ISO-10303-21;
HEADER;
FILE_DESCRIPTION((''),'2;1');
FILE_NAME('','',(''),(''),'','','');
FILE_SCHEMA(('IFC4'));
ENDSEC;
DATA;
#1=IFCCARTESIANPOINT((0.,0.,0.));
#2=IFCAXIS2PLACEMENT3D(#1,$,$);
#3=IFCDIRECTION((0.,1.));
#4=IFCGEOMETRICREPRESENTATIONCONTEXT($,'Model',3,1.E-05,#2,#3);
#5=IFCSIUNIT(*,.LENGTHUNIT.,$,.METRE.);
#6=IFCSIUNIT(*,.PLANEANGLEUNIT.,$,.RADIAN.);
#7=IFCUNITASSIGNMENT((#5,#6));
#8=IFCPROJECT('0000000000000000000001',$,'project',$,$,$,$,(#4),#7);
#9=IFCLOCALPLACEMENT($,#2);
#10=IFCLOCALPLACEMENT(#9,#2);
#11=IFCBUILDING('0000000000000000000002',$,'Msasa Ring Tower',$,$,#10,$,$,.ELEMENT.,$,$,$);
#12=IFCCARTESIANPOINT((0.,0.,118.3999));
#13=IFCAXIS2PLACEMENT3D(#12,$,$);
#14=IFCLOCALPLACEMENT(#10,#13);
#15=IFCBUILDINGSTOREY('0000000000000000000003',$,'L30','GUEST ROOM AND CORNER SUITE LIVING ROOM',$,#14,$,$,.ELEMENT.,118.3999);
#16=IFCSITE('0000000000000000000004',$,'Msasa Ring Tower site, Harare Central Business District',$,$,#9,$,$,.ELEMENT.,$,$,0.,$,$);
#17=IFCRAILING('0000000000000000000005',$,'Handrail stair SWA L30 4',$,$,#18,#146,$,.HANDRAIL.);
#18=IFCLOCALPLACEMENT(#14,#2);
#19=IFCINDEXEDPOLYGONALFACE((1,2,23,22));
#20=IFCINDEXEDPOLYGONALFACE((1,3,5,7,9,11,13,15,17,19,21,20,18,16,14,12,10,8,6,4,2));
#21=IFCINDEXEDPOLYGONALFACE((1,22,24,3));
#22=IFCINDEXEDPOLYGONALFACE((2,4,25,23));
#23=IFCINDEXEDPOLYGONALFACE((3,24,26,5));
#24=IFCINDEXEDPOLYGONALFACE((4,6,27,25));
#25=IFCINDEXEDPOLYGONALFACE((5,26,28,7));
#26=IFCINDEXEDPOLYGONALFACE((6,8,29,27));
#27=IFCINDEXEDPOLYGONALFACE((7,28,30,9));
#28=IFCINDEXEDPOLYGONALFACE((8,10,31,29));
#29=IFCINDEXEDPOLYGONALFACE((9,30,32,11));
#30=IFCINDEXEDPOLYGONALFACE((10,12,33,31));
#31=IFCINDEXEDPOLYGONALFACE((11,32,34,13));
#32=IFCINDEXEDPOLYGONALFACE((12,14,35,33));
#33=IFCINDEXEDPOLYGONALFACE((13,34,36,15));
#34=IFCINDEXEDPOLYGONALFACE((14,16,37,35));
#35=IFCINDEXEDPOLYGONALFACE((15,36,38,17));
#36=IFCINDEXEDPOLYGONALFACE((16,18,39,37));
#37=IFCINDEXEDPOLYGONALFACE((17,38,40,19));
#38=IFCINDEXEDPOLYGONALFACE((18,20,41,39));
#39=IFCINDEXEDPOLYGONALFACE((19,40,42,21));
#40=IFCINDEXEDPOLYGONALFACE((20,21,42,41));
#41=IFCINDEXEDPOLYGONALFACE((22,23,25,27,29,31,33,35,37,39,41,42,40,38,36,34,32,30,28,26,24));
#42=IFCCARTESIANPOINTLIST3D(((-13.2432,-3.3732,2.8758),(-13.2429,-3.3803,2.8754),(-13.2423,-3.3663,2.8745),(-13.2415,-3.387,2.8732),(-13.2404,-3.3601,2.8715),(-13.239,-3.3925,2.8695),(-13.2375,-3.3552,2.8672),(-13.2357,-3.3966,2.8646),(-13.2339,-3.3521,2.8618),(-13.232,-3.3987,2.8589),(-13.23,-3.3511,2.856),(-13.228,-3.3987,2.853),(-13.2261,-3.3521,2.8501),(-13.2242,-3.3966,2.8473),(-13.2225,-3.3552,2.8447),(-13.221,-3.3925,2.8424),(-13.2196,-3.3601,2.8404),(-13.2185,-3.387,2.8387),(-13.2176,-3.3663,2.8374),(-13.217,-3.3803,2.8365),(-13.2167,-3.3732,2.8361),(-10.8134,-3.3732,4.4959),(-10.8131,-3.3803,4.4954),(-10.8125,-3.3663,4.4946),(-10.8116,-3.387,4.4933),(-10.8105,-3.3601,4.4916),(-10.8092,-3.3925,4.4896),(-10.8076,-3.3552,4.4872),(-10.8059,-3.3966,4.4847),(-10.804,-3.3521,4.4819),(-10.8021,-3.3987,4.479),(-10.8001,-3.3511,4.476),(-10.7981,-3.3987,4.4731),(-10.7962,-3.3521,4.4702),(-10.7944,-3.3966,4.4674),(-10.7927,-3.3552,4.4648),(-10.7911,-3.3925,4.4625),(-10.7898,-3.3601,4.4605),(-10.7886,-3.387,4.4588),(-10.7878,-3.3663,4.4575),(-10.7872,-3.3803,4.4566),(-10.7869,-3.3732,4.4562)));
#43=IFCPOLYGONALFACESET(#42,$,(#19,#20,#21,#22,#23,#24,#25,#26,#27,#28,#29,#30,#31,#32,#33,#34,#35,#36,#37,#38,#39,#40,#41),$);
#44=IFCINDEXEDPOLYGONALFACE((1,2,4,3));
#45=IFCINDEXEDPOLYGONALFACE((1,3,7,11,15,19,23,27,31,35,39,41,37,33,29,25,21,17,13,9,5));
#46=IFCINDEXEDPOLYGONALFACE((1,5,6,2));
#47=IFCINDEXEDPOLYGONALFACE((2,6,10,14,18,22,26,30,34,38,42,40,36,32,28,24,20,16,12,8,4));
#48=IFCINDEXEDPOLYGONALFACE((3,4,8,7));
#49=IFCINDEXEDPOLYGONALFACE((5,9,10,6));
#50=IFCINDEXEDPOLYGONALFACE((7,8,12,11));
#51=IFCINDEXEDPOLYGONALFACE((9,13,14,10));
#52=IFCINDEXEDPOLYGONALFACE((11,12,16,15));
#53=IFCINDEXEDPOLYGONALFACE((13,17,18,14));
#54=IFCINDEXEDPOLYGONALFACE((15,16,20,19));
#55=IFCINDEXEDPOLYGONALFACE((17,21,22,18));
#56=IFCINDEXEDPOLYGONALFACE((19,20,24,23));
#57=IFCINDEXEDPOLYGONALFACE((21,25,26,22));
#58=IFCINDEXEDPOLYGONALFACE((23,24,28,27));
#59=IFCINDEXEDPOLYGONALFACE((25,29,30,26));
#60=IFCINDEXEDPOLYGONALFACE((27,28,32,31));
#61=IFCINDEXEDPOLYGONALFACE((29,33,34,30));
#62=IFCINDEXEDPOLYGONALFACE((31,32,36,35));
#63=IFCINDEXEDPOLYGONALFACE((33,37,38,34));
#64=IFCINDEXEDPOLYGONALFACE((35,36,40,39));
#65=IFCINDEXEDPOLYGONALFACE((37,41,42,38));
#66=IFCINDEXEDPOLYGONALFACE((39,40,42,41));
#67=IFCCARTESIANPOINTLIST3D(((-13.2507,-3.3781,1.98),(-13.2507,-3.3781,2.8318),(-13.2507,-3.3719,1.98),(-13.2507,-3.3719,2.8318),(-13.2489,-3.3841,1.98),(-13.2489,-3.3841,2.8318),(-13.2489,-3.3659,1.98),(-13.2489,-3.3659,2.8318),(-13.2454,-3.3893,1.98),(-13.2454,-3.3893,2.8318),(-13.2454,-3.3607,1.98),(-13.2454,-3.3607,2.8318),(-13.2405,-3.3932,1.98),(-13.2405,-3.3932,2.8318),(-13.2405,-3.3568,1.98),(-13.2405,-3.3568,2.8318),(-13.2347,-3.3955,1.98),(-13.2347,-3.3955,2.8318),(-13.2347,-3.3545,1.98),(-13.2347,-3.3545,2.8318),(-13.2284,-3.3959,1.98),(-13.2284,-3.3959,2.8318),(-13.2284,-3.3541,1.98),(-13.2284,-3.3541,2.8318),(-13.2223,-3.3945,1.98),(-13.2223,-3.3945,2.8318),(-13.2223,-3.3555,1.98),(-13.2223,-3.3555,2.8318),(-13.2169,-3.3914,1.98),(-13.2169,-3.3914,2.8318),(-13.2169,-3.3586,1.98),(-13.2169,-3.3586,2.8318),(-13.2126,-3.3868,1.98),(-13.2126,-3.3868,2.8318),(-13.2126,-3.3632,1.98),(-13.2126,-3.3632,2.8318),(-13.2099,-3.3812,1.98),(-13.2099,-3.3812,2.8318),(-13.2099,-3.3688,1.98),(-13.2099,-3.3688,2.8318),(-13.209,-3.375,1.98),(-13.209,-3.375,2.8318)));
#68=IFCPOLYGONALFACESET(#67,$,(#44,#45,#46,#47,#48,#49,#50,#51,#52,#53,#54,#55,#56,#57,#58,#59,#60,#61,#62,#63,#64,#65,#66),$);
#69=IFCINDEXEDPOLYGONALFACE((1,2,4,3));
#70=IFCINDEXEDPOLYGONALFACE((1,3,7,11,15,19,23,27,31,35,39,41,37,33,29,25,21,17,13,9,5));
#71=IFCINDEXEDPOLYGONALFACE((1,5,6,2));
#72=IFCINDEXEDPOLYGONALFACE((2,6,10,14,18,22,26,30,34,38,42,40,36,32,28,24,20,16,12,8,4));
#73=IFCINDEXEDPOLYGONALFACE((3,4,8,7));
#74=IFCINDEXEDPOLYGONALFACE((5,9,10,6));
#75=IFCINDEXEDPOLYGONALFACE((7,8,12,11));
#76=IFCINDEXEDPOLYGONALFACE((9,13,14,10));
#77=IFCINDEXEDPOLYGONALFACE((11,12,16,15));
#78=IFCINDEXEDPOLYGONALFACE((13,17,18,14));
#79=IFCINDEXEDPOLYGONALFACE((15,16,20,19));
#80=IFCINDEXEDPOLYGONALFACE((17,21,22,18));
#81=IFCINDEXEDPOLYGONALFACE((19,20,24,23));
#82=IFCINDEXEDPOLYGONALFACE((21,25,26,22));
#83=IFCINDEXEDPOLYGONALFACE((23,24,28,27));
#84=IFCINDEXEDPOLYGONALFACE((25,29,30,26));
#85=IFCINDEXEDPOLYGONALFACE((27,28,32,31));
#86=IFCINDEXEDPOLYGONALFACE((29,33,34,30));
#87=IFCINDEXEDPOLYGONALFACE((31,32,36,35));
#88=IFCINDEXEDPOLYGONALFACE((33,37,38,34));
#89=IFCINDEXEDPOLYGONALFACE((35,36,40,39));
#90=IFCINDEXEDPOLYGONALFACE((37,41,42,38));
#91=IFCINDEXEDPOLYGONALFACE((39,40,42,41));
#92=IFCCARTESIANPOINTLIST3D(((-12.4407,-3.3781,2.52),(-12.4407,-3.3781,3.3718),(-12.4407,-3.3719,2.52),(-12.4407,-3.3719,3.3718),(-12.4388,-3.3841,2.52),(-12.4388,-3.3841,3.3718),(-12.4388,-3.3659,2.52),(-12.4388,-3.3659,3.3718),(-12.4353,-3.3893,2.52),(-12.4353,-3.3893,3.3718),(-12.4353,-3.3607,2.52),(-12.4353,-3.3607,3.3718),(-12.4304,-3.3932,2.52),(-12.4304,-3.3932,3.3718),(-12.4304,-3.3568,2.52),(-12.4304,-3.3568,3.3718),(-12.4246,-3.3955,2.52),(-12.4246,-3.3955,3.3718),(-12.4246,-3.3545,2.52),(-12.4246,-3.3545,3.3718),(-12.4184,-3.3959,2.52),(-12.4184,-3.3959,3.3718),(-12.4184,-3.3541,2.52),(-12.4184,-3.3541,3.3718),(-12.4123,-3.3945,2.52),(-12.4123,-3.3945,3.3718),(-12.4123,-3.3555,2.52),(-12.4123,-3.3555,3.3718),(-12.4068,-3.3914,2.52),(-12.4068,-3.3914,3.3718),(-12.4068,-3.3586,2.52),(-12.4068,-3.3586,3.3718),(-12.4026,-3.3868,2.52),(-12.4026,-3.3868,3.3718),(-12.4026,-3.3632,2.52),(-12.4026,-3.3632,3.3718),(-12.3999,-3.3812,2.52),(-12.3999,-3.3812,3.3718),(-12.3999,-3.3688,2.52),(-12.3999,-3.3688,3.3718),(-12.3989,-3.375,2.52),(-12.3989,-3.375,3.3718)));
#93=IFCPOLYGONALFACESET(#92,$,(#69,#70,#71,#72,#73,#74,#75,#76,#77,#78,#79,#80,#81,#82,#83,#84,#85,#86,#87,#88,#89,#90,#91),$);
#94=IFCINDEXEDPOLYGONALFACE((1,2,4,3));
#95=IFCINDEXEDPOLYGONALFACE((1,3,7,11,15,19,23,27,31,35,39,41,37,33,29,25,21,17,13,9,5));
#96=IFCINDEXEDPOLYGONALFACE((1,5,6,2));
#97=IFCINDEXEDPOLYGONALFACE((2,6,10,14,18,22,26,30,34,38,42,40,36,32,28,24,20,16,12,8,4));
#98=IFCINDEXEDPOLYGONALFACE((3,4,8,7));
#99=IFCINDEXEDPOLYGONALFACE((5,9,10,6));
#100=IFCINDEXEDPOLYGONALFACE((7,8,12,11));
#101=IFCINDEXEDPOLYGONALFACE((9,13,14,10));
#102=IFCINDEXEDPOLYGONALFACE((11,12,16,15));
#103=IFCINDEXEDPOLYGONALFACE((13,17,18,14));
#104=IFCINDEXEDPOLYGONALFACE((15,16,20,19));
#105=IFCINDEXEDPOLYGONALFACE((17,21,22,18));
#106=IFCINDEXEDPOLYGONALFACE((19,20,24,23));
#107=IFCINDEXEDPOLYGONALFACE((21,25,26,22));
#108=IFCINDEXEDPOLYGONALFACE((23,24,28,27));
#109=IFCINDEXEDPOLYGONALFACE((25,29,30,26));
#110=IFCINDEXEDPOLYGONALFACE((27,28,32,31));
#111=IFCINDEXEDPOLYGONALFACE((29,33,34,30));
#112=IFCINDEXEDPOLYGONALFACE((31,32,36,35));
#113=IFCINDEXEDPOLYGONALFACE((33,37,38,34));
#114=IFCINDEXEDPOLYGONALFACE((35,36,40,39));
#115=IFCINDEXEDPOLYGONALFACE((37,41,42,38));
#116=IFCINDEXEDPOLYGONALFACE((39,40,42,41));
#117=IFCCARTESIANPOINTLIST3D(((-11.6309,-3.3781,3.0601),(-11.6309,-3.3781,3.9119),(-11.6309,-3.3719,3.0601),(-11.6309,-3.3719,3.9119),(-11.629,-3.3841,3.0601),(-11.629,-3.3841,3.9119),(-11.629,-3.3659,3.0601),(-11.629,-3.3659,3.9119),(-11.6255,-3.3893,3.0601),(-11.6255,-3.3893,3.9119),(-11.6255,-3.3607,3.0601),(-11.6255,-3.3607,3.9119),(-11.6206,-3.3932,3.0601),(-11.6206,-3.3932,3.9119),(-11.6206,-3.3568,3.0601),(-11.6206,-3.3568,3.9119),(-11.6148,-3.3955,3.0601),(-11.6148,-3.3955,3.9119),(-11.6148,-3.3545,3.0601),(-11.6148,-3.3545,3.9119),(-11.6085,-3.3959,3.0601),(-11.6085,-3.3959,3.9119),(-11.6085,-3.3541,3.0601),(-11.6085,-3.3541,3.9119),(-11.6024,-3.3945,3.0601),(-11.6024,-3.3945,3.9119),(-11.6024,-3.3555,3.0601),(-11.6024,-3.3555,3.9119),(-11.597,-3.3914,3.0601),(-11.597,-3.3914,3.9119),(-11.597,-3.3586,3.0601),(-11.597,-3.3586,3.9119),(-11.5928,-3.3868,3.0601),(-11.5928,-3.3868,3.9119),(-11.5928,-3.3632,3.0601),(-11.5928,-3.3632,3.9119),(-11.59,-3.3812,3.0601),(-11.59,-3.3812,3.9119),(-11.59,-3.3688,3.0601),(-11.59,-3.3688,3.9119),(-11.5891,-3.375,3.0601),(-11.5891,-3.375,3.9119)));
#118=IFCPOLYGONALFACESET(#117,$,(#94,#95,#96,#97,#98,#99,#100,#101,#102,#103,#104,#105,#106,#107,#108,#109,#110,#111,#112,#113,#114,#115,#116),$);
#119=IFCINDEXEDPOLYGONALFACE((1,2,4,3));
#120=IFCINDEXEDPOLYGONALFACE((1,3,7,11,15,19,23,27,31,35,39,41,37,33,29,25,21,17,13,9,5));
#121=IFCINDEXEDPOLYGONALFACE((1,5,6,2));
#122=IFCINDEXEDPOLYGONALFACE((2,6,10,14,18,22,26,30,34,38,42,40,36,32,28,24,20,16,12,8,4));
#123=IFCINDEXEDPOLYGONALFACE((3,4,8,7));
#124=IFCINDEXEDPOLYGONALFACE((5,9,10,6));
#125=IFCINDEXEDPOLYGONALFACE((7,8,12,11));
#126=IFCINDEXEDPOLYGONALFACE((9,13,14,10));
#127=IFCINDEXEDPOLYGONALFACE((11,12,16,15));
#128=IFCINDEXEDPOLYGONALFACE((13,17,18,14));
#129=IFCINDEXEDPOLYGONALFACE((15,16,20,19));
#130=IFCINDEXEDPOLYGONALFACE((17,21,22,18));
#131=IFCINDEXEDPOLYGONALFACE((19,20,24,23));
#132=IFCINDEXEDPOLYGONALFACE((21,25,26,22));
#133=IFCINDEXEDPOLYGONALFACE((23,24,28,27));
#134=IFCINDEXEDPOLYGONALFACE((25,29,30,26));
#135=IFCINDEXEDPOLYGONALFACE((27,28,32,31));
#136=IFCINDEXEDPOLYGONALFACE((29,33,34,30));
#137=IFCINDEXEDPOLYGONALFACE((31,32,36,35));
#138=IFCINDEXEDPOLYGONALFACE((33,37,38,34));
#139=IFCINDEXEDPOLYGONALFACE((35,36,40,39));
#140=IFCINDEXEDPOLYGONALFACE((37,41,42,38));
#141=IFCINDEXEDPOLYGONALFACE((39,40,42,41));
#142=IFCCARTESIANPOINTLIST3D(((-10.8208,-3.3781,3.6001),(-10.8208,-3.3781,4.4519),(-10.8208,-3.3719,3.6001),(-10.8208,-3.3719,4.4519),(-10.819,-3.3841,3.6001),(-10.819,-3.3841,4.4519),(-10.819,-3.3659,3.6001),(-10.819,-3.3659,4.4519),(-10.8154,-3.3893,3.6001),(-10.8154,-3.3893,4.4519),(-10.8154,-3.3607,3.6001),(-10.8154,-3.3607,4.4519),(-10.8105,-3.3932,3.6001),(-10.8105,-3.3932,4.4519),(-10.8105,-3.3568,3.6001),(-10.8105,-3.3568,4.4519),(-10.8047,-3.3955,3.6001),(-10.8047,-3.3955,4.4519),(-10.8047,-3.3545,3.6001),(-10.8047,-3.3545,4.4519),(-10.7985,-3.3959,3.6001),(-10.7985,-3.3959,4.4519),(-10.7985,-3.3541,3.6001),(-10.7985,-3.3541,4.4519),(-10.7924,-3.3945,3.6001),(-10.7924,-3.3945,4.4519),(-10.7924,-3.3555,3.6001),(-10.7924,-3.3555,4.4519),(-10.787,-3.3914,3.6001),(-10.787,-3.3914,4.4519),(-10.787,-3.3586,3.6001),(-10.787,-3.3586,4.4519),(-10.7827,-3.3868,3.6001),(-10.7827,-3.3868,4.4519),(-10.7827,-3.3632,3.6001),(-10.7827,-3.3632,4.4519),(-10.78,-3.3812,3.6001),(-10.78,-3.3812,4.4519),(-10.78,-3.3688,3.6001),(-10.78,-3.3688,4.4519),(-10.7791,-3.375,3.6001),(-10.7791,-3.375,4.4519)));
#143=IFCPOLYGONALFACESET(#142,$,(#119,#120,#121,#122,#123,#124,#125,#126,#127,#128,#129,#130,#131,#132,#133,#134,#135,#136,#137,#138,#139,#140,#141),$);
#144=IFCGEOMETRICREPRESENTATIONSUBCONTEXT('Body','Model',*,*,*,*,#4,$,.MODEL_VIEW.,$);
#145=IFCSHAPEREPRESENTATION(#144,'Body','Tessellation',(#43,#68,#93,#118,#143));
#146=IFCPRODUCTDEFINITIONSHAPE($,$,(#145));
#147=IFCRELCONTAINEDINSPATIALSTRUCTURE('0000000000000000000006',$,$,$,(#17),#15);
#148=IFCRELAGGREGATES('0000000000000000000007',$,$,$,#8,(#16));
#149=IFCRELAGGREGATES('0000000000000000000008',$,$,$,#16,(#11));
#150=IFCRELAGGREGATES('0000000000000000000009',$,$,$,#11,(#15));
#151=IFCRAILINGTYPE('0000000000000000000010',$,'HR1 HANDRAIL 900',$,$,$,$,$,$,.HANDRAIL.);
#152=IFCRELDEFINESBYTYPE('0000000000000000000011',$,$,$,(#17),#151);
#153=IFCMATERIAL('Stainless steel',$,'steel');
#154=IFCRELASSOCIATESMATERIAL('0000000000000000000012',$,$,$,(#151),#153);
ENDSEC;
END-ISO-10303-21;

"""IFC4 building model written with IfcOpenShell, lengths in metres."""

from ifc_helpers import new_model, si_unit, direction, frame, origin, origin_2d, place, context, subcontext, project, spatial, circle, extrude, material, type_object, element, save


model = new_model("IFC4")

# Units and contexts
model_context = context("Model", 3, precision=1e-05, world=origin(), true_north=direction((0.0, 1.0)))
body_context = subcontext(model_context, "Body", "Model", "MODEL_VIEW")
ifc_project = project(units=[si_unit("LENGTHUNIT", "METRE"), si_unit("PLANEANGLEUNIT", "RADIAN")], contexts=[model_context])

# Site, building, storey
site_placement = place(None, origin())
site = spatial("IfcSite", under=ifc_project, at=site_placement, Name="Msasa Ring Tower site, Harare Central Business District", CompositionType="ELEMENT", RefElevation=0.0)
building_placement = place(site_placement, origin())
building = spatial("IfcBuilding", under=site, at=building_placement, Name="Msasa Ring Tower", CompositionType="ELEMENT")
storey_placement = place(building_placement, frame((0.0, 0.0, 118.3999)))
storey = spatial("IfcBuildingStorey", under=building, at=storey_placement, Name="L30", Description="GUEST ROOM AND CORNER SUITE LIVING ROOM", CompositionType="ELEMENT", Elevation=118.3999)

# Railing
ifc_material_1 = material(Name="Stainless steel", Category="steel")
railing_type = type_object("IfcRailingType", Name="HR1 HANDRAIL 900", PredefinedType="HANDRAIL", material=ifc_material_1)
railing_placement = place(storey_placement, frame((-13.23, -3.375, 1.98)))
element("IfcRailing", 1, at=railing_placement, inside=storey, type_object=railing_type, Name="Handrail stair SWA L30 4", PredefinedType="HANDRAIL", context=body_context, shape_type="SweptSolid", body=[
    extrude(circle(Radius=0.0239, at=origin_2d()), frame((0.0, 0.0, 0.876), z_axis=(0.832025, 0.0, 0.554739), x_axis=(0.0, 1.0, 0.0)), (0.0, 0.0, 1.0), 2.9204),
    extrude(circle(Radius=0.021, at=origin_2d()), origin(), (0.0, 0.0, 1.0), 0.8518),
    extrude(circle(Radius=0.021, at=origin_2d()), frame((0.8101, 0.0, 0.54)), (0.0, 0.0, 1.0), 0.8518),
    extrude(circle(Radius=0.021, at=origin_2d()), frame((1.6199, 0.0, 1.0801)), (0.0, 0.0, 1.0), 0.8518),
    extrude(circle(Radius=0.021, at=origin_2d()), frame((2.4299, 0.0, 1.6201)), (0.0, 0.0, 1.0), 0.8518),
])

save(model, "model.ifc")
